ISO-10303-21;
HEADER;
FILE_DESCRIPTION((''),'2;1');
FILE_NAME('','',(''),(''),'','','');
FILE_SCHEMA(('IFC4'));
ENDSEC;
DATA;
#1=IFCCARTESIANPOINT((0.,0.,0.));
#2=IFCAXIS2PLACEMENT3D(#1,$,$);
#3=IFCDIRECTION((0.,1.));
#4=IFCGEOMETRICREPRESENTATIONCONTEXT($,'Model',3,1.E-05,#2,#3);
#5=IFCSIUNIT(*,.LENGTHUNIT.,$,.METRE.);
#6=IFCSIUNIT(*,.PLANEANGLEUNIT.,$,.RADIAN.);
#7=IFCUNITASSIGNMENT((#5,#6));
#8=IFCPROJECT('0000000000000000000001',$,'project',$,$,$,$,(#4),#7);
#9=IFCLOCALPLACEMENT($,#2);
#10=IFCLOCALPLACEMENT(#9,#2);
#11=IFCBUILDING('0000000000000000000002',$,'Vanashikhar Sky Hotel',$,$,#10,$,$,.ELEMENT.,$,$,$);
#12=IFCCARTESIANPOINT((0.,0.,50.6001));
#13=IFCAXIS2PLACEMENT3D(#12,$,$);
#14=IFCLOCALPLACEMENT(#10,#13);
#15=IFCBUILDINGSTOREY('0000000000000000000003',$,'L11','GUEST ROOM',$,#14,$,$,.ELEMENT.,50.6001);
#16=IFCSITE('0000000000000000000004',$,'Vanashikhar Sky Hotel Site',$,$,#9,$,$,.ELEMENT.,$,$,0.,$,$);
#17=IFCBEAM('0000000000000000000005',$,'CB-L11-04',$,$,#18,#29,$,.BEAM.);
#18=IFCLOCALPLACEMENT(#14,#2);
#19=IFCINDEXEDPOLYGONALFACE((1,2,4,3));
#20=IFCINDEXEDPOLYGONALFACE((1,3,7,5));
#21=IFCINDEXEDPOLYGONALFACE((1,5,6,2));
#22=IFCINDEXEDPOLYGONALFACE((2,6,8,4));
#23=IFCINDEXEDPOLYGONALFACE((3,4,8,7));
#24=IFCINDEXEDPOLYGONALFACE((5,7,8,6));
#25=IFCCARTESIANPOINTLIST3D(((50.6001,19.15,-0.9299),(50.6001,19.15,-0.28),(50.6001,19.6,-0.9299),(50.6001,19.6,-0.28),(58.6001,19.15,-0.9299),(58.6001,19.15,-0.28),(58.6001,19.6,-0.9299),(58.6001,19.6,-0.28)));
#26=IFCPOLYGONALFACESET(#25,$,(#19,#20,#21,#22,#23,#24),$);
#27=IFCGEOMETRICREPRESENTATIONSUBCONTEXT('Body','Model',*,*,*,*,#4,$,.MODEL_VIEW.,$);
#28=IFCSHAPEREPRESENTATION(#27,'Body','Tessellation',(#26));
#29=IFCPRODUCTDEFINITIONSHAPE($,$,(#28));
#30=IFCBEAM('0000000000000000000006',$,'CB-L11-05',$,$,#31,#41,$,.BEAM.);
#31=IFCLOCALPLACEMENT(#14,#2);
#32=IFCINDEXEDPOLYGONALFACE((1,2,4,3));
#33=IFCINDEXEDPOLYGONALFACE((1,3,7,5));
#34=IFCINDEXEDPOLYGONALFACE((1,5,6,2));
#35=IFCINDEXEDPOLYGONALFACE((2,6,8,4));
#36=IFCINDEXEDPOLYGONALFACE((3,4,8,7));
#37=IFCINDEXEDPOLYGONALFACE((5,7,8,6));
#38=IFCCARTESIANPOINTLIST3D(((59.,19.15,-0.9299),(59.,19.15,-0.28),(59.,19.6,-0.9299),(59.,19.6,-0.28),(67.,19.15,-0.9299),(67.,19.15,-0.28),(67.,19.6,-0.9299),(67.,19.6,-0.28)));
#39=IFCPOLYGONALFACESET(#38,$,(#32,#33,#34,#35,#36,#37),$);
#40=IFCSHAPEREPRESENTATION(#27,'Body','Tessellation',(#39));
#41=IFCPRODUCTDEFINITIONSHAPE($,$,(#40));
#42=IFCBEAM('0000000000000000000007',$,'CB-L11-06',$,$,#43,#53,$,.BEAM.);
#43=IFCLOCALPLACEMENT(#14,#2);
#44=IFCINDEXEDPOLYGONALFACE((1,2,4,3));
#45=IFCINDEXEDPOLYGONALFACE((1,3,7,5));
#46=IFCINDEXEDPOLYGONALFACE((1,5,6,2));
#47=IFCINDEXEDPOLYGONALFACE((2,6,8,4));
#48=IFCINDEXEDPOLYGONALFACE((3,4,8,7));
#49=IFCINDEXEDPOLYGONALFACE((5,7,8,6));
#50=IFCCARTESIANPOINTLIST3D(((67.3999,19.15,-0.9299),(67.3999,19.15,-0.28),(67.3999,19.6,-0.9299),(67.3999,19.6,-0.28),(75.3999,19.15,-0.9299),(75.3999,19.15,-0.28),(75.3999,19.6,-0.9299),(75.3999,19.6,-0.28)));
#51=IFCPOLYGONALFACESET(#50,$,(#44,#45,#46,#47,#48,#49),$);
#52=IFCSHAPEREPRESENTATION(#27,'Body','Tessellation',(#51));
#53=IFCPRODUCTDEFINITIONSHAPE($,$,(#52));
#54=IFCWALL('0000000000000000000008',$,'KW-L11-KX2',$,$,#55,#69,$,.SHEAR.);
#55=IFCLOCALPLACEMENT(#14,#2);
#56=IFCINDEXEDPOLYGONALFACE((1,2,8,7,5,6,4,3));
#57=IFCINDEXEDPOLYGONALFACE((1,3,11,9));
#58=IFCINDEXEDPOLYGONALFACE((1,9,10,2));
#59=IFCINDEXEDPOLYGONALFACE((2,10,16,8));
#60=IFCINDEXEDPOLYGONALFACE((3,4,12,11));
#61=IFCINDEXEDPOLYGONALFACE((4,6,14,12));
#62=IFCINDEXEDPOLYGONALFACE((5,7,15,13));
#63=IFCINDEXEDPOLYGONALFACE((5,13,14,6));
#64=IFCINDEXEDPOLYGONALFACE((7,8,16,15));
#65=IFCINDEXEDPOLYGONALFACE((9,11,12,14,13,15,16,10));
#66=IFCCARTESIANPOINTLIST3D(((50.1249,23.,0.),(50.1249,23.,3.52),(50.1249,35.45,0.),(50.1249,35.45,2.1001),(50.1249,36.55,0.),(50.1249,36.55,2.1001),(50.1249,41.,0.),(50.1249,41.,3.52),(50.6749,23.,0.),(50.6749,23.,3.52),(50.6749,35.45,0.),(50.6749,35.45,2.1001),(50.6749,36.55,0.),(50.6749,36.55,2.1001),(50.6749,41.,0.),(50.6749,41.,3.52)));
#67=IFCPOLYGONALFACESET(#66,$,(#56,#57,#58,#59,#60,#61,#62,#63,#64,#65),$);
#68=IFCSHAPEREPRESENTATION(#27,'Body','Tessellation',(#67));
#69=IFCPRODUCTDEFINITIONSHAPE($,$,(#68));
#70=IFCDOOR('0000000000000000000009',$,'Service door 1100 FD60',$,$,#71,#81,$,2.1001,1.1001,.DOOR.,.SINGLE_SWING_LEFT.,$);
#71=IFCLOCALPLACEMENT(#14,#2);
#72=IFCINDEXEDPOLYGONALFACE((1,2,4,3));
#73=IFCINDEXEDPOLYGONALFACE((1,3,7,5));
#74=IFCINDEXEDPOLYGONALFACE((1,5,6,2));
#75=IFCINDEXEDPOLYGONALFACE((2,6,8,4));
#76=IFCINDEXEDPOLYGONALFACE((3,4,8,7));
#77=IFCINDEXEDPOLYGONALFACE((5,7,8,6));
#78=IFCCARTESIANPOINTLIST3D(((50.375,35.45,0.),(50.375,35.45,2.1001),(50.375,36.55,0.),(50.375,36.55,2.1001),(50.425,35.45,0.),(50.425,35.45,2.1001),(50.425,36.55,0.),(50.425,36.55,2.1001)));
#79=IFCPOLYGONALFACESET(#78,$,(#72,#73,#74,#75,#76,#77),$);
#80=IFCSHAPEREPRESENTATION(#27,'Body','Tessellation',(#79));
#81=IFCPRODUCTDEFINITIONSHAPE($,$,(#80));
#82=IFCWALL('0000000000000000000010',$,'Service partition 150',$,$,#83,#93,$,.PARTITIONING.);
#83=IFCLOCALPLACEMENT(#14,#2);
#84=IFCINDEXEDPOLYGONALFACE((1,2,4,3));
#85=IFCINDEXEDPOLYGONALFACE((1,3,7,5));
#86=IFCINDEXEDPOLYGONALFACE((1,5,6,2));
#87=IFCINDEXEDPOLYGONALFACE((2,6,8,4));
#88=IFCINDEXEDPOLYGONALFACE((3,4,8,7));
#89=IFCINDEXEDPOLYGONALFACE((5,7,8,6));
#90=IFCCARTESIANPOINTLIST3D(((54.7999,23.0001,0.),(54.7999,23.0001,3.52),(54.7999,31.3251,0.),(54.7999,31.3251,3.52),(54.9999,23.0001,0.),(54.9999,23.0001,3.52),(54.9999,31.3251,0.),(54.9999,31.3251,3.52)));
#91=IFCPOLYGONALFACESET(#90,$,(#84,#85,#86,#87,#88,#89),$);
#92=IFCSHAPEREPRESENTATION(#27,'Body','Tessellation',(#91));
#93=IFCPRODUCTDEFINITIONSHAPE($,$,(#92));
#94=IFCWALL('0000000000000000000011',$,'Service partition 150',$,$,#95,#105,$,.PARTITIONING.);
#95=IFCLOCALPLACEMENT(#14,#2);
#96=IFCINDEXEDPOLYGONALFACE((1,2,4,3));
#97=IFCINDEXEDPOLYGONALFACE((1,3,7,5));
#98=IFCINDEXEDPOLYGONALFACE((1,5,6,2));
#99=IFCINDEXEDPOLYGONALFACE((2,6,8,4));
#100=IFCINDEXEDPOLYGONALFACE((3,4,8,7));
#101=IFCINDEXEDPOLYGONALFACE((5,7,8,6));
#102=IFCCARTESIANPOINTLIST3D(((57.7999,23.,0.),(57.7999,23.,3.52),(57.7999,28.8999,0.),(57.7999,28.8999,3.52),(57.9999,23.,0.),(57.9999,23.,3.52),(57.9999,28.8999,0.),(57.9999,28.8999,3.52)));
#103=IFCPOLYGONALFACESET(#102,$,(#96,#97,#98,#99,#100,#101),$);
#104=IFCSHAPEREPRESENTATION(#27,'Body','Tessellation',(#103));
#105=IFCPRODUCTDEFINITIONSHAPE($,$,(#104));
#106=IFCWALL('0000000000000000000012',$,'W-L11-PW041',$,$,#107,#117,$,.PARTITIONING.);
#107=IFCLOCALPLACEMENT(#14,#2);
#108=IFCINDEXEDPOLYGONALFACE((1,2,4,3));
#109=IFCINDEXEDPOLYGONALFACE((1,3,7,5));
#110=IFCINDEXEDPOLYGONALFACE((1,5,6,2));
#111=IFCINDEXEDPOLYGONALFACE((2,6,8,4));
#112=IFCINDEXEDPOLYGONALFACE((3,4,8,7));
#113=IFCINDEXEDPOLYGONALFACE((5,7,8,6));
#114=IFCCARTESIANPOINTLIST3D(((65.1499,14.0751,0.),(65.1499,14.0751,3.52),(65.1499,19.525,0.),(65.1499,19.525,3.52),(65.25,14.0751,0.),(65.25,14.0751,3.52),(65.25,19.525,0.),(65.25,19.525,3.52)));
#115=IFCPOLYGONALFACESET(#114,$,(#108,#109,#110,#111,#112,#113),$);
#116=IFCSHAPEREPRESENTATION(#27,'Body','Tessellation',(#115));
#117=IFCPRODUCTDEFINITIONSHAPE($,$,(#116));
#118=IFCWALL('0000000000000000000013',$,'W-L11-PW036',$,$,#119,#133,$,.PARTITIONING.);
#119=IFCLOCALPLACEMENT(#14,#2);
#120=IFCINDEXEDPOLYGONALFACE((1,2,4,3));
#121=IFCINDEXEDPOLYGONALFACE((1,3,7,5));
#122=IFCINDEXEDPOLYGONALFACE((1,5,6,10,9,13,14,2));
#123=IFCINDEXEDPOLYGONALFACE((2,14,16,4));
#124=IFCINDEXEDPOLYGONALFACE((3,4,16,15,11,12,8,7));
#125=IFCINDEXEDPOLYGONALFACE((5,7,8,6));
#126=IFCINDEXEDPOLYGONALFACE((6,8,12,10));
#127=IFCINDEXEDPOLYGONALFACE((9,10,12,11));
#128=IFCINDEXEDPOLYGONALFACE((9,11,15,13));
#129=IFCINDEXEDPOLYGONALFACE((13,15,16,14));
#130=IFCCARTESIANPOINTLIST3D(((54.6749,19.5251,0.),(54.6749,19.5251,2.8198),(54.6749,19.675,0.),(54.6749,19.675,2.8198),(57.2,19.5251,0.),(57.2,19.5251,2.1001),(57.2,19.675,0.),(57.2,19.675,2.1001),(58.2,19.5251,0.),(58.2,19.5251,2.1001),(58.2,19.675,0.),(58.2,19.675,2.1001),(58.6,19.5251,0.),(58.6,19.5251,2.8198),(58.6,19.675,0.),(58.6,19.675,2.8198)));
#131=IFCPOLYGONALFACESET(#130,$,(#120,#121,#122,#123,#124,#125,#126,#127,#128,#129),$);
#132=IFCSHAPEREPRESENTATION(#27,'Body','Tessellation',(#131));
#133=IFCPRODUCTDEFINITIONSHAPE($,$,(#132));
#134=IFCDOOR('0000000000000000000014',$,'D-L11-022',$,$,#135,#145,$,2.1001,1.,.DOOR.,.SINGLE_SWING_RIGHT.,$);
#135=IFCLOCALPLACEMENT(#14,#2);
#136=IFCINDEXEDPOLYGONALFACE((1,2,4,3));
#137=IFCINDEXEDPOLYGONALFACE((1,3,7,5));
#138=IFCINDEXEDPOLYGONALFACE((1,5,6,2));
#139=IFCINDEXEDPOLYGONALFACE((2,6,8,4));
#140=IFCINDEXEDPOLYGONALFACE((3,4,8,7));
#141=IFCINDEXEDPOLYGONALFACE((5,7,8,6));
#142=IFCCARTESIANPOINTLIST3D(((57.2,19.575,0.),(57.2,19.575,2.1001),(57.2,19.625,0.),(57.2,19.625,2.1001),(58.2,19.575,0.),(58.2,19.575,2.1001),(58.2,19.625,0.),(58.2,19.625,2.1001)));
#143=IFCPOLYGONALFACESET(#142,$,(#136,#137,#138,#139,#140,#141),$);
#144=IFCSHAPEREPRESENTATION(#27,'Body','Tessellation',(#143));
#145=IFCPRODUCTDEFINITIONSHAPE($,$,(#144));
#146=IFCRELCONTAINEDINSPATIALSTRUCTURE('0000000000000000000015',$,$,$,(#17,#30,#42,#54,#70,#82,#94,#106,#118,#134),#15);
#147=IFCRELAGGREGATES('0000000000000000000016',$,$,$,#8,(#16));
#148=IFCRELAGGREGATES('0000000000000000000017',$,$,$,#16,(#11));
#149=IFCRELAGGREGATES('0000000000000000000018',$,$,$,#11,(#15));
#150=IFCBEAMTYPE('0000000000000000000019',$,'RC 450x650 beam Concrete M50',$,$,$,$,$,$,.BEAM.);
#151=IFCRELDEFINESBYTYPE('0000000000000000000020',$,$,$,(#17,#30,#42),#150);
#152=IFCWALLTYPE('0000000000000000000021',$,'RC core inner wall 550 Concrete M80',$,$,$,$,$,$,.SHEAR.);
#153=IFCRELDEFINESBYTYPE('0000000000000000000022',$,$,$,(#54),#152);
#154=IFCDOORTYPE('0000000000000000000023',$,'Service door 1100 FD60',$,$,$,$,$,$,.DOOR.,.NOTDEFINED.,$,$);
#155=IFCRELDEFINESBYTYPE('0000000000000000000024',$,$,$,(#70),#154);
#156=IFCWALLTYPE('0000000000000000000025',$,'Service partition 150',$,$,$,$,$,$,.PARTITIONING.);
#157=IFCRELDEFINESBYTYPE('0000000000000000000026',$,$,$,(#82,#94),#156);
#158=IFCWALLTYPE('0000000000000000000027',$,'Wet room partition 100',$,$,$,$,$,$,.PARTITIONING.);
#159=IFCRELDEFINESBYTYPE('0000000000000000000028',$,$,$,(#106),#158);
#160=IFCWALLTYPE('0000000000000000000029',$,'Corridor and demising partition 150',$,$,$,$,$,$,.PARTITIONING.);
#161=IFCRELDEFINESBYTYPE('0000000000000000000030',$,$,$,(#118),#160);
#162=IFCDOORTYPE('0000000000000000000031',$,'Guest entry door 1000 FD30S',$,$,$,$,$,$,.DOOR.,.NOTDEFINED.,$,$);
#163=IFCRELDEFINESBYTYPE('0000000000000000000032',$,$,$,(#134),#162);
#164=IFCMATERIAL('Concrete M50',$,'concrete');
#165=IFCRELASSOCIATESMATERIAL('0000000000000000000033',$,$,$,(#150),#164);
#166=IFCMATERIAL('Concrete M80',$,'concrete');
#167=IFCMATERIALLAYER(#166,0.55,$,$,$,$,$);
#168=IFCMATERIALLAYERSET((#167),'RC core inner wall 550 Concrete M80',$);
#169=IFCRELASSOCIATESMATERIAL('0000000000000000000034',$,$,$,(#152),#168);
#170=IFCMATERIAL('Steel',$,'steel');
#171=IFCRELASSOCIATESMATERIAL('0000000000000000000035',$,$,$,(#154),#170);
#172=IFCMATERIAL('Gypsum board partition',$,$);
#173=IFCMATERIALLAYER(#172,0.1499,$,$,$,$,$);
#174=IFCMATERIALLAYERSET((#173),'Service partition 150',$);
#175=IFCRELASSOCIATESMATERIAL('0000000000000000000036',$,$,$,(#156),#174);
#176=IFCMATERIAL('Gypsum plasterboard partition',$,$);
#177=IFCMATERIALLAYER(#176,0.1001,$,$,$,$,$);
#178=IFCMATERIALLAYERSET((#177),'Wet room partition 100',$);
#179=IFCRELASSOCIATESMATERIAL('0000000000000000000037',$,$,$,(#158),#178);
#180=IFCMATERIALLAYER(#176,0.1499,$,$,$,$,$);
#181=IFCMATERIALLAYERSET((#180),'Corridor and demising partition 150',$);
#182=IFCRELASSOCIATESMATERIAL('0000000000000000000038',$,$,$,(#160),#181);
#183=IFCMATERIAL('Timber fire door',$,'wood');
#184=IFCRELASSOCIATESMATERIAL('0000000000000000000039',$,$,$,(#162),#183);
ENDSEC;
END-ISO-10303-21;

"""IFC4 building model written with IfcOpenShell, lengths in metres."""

from ifc_helpers import new_model, si_unit, direction, frame, frame_2d, origin, origin_2d, place, context, subcontext, project, spatial, rectangle, extrude, source, transform, mapped, material, layer, layer_set, material_profile, profile_set, type_object, element, fill, save


model = new_model("IFC4")

# Units and contexts
model_context = context("Model", 3, precision=1e-05, world=origin(), true_north=direction((0.0, 1.0)))
body_context = subcontext(model_context, "Body", "Model", "MODEL_VIEW")
ifc_project = project(units=[si_unit("LENGTHUNIT", "METRE"), si_unit("PLANEANGLEUNIT", "RADIAN")], contexts=[model_context])

# Site, building, storey
site_placement = place(None, origin())
site = spatial("IfcSite", under=ifc_project, at=site_placement, Name="Vanashikhar Sky Hotel Site", CompositionType="ELEMENT", RefElevation=0.0)
building_placement = place(site_placement, origin())
building = spatial("IfcBuilding", under=site, at=building_placement, Name="Vanashikhar Sky Hotel", CompositionType="ELEMENT")
storey_placement = place(building_placement, frame((0.0, 0.0, 50.6001)))
storey = spatial("IfcBuildingStorey", under=building, at=storey_placement, Name="L11", Description="GUEST ROOM", CompositionType="ELEMENT", Elevation=50.6001)

# Beams
ifc_material_1 = material(Name="Concrete M50", Category="concrete")
ifc_material_profile = material_profile(ifc_material_1, rectangle(XDim=0.45, YDim=0.6499, at=origin_2d()))
ifc_profile_set = profile_set([ifc_material_profile], Name="RC 450x650 beam Concrete M50")
beam_type = type_object("IfcBeamType", Name="RC 450x650 beam Concrete M50", PredefinedType="BEAM", material=ifc_profile_set)
shared_shape_1 = source(origin(), body_context, "Body", "SweptSolid", [
    extrude(rectangle(XDim=0.45, YDim=0.6499, at=origin_2d()), origin(), (0.0, 0.0, 1.0), 8.0),
])
for number, where, z_axis, x_axis, name in (
    (1, (50.6001, 19.375, -0.605), (1.0, 0.0, 0.0), (0.0, 1.0, 0.0), "CB-L11-04"),
    (2, (59.0, 19.375, -0.605), (1.0, 0.0, 0.0), (0.0, 1.0, 0.0), "CB-L11-05"),
    (3, (67.3999, 19.375, -0.605), (1.0, 0.0, 0.0), (0.0, 1.0, 0.0), "CB-L11-06"),
):
    element("IfcBeam", number, at=place(storey_placement, frame(where, z_axis=z_axis, x_axis=x_axis)), inside=storey, type_object=beam_type, Name=name, PredefinedType="BEAM", context=body_context, shape_type="MappedRepresentation", body=[
        mapped(shared_shape_1, transform((0.0, 0.0, 0.0), scale=1.0)),
    ])

# Wall, opening, door
ifc_material_2 = material(Name="Concrete M80", Category="concrete")
ifc_layer_1 = layer(ifc_material_2, 0.55)
ifc_layer_set_1 = layer_set([ifc_layer_1], Name="RC core inner wall 550 Concrete M80")
wall_type_1 = type_object("IfcWallType", Name="RC core inner wall 550 Concrete M80", PredefinedType="SHEAR", material=ifc_layer_set_1)
shared_shape_2 = source(origin(), body_context, "Body", "SweptSolid", [
    extrude(rectangle(XDim=18.0, YDim=0.55, at=frame_2d((9.0, 0.0))), origin(), (0.0, 0.0, 1.0), 3.52),
])
wall_1_placement = place(storey_placement, frame((50.3999, 23.0, 0.0), z_axis=(0.0, 0.0, 1.0), x_axis=(0.0, 1.0, 0.0)))
wall_1 = element("IfcWall", 4, at=wall_1_placement, inside=storey, type_object=wall_type_1, Name="KW-L11-KX2", PredefinedType="SHEAR", context=body_context, shape_type="MappedRepresentation", body=[
    mapped(shared_shape_2, transform((0.0, 0.0, 0.0), scale=1.0)),
])
shared_shape_3 = source(origin(), body_context, "Body", "SweptSolid", [
    extrude(rectangle(XDim=1.1001, YDim=2.1001, at=frame_2d((0.55, 1.05))), frame((0.0, 0.2852, 0.0), z_axis=(0.0, -1.0, 0.0), x_axis=(1.0, 0.0, 0.0)), (0.0, 0.0, 1.0), 0.5701),
])
opening_1_placement = place(wall_1_placement, frame((12.45, 0.0, 0.0)))
opening_1 = element("IfcOpeningElement", 5, at=opening_1_placement, cuts=wall_1, PredefinedType="OPENING", context=body_context, shape_type="MappedRepresentation", body=[
    mapped(shared_shape_3, transform((0.0, 0.0, 0.0), scale=1.0)),
])
ifc_material_3 = material(Name="Steel", Category="steel")
door_type_1 = type_object("IfcDoorType", Name="Service door 1100 FD60", OperationType="NOTDEFINED", PredefinedType="DOOR", material=ifc_material_3)
shared_shape_4 = source(origin(), body_context, "Body", "SweptSolid", [
    extrude(rectangle(XDim=1.1001, YDim=2.1001, at=frame_2d((0.55, 1.05))), frame((0.0, 0.0249, 0.0), z_axis=(0.0, -1.0, 0.0), x_axis=(1.0, 0.0, 0.0)), (0.0, 0.0, 1.0), 0.05),
])
door_1_placement = place(opening_1_placement, origin())
door_1 = element("IfcDoor", 6, at=door_1_placement, inside=storey, type_object=door_type_1, Name="Service door 1100 FD60", OperationType="SINGLE_SWING_LEFT", OverallHeight=2.1001, OverallWidth=1.1001, PredefinedType="DOOR", context=body_context, shape_type="MappedRepresentation", body=[
    mapped(shared_shape_4, transform((0.0, 0.0, 0.0), scale=1.0)),
])
fill(opening_1, door_1)

# Walls
ifc_material_4 = material(Name="Gypsum board partition")
ifc_layer_2 = layer(ifc_material_4, 0.1499)
ifc_layer_set_2 = layer_set([ifc_layer_2], Name="Service partition 150")
wall_type_2 = type_object("IfcWallType", Name="Service partition 150", PredefinedType="PARTITIONING", material=ifc_layer_set_2)
shared_shape_5 = source(origin(), body_context, "Body", "SweptSolid", [
    extrude(rectangle(XDim=8.325, YDim=0.2, at=frame_2d((4.1626, 0.0))), origin(), (0.0, 0.0, 1.0), 3.52),
])
wall_2_placement = place(storey_placement, frame((54.8999, 23.0, 0.0), z_axis=(0.0, 0.0, 1.0), x_axis=(0.0, 1.0, 0.0)))
element("IfcWall", 7, at=wall_2_placement, inside=storey, type_object=wall_type_2, Name="Service partition 150", PredefinedType="PARTITIONING", context=body_context, shape_type="MappedRepresentation", body=[
    mapped(shared_shape_5, transform((0.0, 0.0, 0.0), scale=1.0)),
])
shared_shape_6 = source(origin(), body_context, "Body", "SweptSolid", [
    extrude(rectangle(XDim=5.8999, YDim=0.2, at=frame_2d((2.95, 0.0))), origin(), (0.0, 0.0, 1.0), 3.52),
])
wall_3_placement = place(storey_placement, frame((57.8999, 23.0, 0.0), z_axis=(0.0, 0.0, 1.0), x_axis=(0.0, 1.0, 0.0)))
element("IfcWall", 8, at=wall_3_placement, inside=storey, type_object=wall_type_2, Name="Service partition 150", PredefinedType="PARTITIONING", context=body_context, shape_type="MappedRepresentation", body=[
    mapped(shared_shape_6, transform((0.0, 0.0, 0.0), scale=1.0)),
])
ifc_material_5 = material(Name="Gypsum plasterboard partition")
ifc_layer_3 = layer(ifc_material_5, 0.1001)
ifc_layer_set_3 = layer_set([ifc_layer_3], Name="Wet room partition 100")
wall_type_3 = type_object("IfcWallType", Name="Wet room partition 100", PredefinedType="PARTITIONING", material=ifc_layer_set_3)
shared_shape_7 = source(origin(), body_context, "Body", "SweptSolid", [
    extrude(rectangle(XDim=5.45, YDim=0.1001, at=frame_2d((2.7251, 0.0))), origin(), (0.0, 0.0, 1.0), 3.52),
])
wall_4_placement = place(storey_placement, frame((65.2, 14.075, 0.0), z_axis=(0.0, 0.0, 1.0), x_axis=(0.0, 1.0, 0.0)))
element("IfcWall", 9, at=wall_4_placement, inside=storey, type_object=wall_type_3, Name="W-L11-PW041", PredefinedType="PARTITIONING", context=body_context, shape_type="MappedRepresentation", body=[
    mapped(shared_shape_7, transform((0.0, 0.0, 0.0), scale=1.0)),
])

# Wall, opening, door
ifc_layer_4 = layer(ifc_material_5, 0.1499)
ifc_layer_set_4 = layer_set([ifc_layer_4], Name="Corridor and demising partition 150")
wall_type_4 = type_object("IfcWallType", Name="Corridor and demising partition 150", PredefinedType="PARTITIONING", material=ifc_layer_set_4)
shared_shape_8 = source(origin(), body_context, "Body", "SweptSolid", [
    extrude(rectangle(XDim=3.925, YDim=0.1499, at=frame_2d((1.9624, 0.0))), origin(), (0.0, 0.0, 1.0), 2.8198),
])
wall_5_placement = place(storey_placement, frame((54.675, 19.6001, 0.0), z_axis=(0.0, 0.0, 1.0), x_axis=(1.0, 0.0, 0.0)))
wall_5 = element("IfcWall", 10, at=wall_5_placement, inside=storey, type_object=wall_type_4, Name="W-L11-PW036", PredefinedType="PARTITIONING", context=body_context, shape_type="MappedRepresentation", body=[
    mapped(shared_shape_8, transform((0.0, 0.0, 0.0), scale=1.0)),
])
shared_shape_9 = source(origin(), body_context, "Body", "SweptSolid", [
    extrude(rectangle(XDim=1.0, YDim=2.1001, at=frame_2d((0.5, 1.05))), frame((0.0, 0.085, 0.0), z_axis=(0.0, -1.0, 0.0), x_axis=(1.0, 0.0, 0.0)), (0.0, 0.0, 1.0), 0.1699),
])
opening_2_placement = place(wall_5_placement, frame((2.5249, 0.0, 0.0)))
opening_2 = element("IfcOpeningElement", 11, at=opening_2_placement, cuts=wall_5, PredefinedType="OPENING", context=body_context, shape_type="MappedRepresentation", body=[
    mapped(shared_shape_9, transform((0.0, 0.0, 0.0), scale=1.0)),
])
ifc_material_6 = material(Name="Timber fire door", Category="wood")
door_type_2 = type_object("IfcDoorType", Name="Guest entry door 1000 FD30S", OperationType="NOTDEFINED", PredefinedType="DOOR", material=ifc_material_6)
shared_shape_10 = source(origin(), body_context, "Body", "SweptSolid", [
    extrude(rectangle(XDim=1.0, YDim=2.1001, at=frame_2d((0.5, 1.05))), frame((0.0, 0.0249, 0.0), z_axis=(0.0, -1.0, 0.0), x_axis=(1.0, 0.0, 0.0)), (0.0, 0.0, 1.0), 0.05),
])
door_2_placement = place(opening_2_placement, origin())
door_2 = element("IfcDoor", 12, at=door_2_placement, inside=storey, type_object=door_type_2, Name="D-L11-022", OperationType="SINGLE_SWING_RIGHT", OverallHeight=2.1001, OverallWidth=1.0, PredefinedType="DOOR", context=body_context, shape_type="MappedRepresentation", body=[
    mapped(shared_shape_10, transform((0.0, 0.0, 0.0), scale=1.0)),
])
fill(opening_2, door_2)

save(model, "model.ifc")
